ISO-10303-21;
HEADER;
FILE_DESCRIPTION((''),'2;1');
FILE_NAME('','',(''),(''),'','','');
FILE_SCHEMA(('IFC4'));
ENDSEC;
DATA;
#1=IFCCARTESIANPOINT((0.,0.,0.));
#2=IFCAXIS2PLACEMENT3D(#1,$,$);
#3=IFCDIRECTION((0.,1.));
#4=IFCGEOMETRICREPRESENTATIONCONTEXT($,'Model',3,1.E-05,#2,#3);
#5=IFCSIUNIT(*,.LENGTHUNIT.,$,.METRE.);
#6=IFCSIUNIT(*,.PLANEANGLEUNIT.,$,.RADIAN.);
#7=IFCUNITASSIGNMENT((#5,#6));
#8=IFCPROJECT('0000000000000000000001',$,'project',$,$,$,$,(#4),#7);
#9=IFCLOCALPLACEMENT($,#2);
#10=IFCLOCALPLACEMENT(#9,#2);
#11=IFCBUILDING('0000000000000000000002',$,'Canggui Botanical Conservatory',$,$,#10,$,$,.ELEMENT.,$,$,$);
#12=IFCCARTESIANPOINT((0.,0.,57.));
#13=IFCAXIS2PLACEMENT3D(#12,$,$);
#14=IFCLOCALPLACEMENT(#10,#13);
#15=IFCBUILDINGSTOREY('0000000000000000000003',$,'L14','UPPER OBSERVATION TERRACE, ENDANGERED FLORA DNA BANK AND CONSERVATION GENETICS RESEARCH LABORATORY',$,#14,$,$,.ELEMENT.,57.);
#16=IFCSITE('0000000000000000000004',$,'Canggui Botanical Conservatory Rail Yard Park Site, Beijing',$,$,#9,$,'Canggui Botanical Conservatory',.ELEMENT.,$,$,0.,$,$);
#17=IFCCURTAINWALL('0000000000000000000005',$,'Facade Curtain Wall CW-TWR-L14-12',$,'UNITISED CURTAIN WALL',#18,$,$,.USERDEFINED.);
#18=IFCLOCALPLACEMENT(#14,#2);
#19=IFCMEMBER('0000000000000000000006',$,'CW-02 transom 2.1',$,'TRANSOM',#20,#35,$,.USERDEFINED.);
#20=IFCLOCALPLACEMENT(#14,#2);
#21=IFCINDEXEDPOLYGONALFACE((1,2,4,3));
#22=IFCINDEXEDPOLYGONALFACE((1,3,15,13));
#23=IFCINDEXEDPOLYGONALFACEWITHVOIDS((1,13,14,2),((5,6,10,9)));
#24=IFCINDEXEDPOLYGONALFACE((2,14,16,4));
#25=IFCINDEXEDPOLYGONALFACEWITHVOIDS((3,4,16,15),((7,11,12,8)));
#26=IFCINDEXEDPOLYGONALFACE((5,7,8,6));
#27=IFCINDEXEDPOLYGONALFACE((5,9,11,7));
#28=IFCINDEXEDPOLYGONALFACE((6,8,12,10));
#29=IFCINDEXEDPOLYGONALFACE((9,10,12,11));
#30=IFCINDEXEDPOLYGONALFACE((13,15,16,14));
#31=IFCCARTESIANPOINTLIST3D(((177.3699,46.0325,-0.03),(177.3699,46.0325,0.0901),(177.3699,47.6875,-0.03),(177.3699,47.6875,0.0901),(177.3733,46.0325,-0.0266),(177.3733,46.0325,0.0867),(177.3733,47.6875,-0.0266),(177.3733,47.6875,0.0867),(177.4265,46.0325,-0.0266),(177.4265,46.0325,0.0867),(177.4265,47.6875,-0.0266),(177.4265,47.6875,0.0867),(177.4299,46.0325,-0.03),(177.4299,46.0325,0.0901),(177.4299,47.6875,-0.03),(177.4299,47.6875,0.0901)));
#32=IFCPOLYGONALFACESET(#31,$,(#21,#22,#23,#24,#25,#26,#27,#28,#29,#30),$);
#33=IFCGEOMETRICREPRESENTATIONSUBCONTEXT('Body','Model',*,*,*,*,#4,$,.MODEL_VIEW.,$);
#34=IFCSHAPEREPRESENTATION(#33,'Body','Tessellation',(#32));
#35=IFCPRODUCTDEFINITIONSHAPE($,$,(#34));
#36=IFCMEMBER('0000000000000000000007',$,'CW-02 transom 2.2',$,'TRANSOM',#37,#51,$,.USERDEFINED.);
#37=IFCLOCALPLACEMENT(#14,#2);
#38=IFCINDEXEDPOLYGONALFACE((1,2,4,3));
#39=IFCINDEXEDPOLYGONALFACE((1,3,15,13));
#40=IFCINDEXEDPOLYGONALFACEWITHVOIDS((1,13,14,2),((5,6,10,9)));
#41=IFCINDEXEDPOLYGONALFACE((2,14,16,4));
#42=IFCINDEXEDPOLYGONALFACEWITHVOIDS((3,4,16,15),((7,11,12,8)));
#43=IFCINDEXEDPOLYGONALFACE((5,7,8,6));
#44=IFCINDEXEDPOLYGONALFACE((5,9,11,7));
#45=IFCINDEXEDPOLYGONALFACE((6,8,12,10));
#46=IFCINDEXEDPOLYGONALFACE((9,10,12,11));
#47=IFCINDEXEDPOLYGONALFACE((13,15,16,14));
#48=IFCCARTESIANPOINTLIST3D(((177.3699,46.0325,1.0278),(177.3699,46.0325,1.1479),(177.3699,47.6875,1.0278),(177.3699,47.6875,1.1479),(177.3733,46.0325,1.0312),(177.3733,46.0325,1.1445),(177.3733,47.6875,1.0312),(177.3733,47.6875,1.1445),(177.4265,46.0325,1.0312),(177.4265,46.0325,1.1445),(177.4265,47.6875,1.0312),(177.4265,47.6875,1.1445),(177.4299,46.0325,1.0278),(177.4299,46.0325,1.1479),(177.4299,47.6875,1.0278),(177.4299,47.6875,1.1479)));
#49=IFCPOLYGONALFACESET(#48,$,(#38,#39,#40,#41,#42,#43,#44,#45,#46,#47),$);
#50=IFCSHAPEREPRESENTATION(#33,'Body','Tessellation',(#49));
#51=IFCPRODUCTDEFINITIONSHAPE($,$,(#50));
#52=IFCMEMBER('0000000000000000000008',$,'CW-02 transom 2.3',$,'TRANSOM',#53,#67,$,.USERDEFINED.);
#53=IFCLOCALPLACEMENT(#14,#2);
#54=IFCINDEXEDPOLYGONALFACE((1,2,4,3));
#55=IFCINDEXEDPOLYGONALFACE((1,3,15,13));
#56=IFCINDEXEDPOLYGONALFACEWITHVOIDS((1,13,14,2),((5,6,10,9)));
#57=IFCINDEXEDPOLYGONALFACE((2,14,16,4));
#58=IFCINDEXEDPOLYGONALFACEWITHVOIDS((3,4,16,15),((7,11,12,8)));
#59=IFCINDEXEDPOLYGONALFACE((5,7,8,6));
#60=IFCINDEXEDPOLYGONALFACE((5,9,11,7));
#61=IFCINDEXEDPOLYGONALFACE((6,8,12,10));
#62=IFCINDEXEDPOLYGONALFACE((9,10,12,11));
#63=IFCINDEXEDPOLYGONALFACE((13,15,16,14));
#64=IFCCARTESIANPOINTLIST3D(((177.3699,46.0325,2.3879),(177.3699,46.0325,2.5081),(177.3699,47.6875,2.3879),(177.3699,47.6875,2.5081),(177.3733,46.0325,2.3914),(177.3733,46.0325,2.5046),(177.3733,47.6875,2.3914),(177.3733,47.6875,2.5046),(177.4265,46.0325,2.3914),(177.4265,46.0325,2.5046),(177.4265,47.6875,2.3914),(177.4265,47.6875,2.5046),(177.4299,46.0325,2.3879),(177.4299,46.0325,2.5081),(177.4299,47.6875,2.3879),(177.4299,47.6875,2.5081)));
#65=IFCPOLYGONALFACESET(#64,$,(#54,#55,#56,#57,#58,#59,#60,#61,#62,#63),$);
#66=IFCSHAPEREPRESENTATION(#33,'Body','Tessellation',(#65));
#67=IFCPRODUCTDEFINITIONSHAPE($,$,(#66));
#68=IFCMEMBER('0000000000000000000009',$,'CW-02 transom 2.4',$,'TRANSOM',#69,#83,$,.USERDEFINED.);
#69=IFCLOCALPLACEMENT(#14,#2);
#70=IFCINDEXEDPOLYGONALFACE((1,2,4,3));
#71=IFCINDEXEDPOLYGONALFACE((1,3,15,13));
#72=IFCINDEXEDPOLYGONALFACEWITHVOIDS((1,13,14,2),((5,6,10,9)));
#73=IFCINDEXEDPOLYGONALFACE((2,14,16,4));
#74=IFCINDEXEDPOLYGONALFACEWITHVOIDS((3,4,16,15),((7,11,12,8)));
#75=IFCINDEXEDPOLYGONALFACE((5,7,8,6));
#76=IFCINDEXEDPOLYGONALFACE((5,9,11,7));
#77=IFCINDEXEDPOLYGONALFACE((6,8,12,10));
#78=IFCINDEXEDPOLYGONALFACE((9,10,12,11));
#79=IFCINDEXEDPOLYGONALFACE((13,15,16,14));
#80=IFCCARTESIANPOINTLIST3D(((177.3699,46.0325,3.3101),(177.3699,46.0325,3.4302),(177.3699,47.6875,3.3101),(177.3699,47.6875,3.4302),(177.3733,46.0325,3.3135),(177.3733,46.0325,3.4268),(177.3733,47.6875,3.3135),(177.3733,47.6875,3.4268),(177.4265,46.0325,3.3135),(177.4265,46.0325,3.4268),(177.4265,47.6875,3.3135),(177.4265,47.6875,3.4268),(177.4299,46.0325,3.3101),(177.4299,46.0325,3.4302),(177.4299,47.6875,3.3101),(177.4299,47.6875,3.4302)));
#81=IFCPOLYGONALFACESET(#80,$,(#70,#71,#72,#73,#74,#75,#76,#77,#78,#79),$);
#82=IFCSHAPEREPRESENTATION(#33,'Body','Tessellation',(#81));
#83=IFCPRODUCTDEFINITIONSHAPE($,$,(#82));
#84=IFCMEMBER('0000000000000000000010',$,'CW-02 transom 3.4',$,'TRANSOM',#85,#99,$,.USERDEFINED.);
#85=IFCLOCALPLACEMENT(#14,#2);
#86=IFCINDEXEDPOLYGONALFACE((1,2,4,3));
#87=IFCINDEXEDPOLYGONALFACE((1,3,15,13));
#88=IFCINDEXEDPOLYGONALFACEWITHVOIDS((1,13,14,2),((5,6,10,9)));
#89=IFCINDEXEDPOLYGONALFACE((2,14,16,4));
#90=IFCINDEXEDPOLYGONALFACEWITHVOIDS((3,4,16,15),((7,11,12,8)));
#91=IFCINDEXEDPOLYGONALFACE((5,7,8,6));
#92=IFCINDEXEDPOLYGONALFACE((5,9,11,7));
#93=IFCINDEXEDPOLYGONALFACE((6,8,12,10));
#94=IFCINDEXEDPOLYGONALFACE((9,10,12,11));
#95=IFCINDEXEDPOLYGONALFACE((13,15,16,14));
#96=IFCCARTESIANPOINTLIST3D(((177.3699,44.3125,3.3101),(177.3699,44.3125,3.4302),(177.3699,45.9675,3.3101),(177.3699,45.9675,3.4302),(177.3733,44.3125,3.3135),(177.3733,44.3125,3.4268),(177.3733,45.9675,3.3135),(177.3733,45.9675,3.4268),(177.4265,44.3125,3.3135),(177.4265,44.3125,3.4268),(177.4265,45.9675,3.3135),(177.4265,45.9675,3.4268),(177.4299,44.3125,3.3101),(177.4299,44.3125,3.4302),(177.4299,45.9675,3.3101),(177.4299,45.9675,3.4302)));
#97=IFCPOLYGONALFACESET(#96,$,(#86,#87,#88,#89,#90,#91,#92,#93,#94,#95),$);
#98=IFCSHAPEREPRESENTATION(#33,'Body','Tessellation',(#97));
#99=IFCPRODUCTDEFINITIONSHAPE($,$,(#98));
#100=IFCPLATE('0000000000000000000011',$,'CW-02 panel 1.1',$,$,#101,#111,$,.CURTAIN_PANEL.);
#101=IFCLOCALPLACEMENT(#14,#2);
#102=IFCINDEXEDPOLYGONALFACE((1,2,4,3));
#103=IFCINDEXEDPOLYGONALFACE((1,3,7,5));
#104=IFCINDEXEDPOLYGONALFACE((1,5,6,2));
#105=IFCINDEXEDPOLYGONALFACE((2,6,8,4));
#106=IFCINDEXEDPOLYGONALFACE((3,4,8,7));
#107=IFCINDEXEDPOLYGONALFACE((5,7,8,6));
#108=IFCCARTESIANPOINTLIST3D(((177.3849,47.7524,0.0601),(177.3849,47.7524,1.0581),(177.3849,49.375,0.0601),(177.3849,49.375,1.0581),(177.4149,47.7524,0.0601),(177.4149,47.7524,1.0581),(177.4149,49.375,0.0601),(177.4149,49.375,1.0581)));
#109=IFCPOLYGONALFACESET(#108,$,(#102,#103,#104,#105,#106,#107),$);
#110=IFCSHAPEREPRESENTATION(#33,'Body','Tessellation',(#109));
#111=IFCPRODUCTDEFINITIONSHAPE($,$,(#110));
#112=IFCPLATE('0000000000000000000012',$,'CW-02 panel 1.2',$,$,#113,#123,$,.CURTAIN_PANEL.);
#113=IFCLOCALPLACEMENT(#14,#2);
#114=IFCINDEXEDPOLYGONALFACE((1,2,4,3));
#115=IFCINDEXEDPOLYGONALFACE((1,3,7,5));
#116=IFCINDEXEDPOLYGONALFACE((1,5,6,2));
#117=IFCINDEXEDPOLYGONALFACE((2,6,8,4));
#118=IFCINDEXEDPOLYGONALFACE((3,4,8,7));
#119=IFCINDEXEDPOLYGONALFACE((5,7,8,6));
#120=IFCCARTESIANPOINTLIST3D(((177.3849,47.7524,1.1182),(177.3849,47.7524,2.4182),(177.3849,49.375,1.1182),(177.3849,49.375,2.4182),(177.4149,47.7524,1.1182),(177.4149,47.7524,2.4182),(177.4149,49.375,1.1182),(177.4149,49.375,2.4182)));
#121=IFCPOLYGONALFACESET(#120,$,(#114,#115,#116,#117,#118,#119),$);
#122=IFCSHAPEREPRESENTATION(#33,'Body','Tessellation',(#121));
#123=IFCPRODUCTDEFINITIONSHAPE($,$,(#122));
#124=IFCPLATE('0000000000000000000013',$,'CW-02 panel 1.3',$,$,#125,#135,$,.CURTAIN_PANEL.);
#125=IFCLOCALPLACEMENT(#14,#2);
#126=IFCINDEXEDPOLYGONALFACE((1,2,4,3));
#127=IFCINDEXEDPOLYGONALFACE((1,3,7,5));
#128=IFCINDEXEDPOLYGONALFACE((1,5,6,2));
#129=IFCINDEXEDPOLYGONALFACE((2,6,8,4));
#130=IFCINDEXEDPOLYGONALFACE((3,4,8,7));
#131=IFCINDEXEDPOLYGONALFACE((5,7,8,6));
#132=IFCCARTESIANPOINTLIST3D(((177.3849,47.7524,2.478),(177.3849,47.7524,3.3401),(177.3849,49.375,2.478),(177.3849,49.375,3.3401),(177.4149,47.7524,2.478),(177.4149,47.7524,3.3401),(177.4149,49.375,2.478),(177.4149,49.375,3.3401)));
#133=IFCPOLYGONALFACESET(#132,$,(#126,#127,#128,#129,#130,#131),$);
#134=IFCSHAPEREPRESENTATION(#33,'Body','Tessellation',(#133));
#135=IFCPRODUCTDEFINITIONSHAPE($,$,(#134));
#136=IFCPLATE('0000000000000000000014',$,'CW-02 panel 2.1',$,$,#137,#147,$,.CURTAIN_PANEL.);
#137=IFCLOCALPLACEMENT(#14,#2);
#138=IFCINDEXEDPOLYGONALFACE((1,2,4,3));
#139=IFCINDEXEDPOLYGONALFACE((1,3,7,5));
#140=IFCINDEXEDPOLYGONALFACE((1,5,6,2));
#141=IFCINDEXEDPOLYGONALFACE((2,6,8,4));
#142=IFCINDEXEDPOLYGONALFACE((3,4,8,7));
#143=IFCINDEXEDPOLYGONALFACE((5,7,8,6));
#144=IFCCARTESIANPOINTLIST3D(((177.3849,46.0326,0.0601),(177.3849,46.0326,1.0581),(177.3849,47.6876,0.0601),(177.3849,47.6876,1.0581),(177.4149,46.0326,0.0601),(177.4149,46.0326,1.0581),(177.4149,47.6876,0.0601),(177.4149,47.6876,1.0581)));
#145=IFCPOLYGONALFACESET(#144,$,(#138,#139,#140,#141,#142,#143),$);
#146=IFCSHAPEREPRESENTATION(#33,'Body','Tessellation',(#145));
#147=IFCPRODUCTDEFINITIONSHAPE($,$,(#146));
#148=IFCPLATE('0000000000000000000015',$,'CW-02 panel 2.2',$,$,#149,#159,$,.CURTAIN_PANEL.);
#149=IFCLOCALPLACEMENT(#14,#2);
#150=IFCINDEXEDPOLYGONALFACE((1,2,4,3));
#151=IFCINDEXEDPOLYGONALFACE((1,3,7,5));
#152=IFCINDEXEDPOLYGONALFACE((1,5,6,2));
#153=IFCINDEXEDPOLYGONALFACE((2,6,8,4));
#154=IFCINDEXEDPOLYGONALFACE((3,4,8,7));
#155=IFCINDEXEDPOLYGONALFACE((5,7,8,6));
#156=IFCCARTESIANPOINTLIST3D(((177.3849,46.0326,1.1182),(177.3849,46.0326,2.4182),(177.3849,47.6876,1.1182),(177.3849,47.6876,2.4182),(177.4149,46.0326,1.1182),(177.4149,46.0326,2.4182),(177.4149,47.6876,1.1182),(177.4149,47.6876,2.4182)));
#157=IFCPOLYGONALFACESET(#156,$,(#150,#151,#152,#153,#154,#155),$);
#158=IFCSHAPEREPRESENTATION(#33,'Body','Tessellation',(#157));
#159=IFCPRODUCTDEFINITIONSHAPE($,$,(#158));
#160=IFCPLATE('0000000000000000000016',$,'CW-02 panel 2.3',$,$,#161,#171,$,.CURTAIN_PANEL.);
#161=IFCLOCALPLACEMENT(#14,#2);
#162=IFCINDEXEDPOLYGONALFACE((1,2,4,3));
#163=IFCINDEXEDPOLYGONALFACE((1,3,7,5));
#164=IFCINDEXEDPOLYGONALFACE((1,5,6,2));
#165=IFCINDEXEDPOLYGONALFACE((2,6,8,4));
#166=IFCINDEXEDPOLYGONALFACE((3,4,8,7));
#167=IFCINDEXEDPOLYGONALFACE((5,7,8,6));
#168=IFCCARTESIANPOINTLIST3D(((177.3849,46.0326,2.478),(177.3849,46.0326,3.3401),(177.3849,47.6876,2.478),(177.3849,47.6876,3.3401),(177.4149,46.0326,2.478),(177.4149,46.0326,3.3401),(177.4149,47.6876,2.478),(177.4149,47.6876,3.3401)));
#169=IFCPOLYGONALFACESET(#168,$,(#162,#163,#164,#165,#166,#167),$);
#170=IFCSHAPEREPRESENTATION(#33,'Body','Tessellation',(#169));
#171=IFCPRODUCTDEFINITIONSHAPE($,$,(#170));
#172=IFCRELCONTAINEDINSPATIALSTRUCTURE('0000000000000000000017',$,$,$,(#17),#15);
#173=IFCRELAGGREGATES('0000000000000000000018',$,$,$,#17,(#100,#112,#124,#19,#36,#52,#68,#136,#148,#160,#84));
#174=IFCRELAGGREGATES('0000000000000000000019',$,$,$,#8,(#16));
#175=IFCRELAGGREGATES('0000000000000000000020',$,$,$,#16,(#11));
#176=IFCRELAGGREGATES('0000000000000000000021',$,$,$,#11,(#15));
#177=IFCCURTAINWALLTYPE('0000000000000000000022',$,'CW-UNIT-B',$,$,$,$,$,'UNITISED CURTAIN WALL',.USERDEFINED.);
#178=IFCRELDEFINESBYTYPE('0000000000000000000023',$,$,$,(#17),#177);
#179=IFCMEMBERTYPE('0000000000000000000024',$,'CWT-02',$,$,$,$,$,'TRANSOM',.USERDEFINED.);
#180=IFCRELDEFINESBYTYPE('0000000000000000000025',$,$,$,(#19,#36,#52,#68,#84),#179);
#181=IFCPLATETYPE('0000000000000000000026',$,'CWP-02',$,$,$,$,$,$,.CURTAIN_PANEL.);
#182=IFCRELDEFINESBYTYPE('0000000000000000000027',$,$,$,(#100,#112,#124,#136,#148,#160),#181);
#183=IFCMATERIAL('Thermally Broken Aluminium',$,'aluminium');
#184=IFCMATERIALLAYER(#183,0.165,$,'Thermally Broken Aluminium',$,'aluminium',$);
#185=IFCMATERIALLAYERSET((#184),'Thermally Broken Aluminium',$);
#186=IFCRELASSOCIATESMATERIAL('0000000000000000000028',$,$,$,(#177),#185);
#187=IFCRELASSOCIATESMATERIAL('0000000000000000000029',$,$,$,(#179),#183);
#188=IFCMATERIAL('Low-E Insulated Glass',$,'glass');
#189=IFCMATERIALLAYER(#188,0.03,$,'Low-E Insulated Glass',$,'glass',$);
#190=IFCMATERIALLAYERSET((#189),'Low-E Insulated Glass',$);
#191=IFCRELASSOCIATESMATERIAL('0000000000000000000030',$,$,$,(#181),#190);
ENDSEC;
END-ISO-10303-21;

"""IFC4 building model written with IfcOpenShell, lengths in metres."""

from ifc_helpers import new_model, si_unit, direction, frame, origin, origin_2d, place, context, subcontext, project, spatial, rectangle, hollow_rectangle, extrude, material, layer, layer_set, material_profile, profile_set, type_object, element, aggregate, save


model = new_model("IFC4")

# Units and contexts
model_context = context("Model", 3, precision=1e-05, world=origin(), true_north=direction((0.0, 1.0)))
body_context = subcontext(model_context, "Body", "Model", "MODEL_VIEW")
ifc_project = project(units=[si_unit("LENGTHUNIT", "METRE"), si_unit("PLANEANGLEUNIT", "RADIAN")], contexts=[model_context])

# Site, building, storey
site_placement = place(None, origin())
site = spatial("IfcSite", under=ifc_project, at=site_placement, Name="Canggui Botanical Conservatory Rail Yard Park Site, Beijing", LongName="Canggui Botanical Conservatory", CompositionType="ELEMENT", RefElevation=0.0)
building_placement = place(site_placement, origin())
building = spatial("IfcBuilding", under=site, at=building_placement, Name="Canggui Botanical Conservatory", CompositionType="ELEMENT")
storey_placement = place(building_placement, frame((0.0, 0.0, 57.0)))
storey = spatial("IfcBuildingStorey", under=building, at=storey_placement, Name="L14", Description="UPPER OBSERVATION TERRACE, ENDANGERED FLORA DNA BANK AND CONSERVATION GENETICS RESEARCH LABORATORY", CompositionType="ELEMENT", Elevation=57.0)

# Curtain wall, members, plates
ifc_material_1 = material(Name="Thermally Broken Aluminium", Category="aluminium")
ifc_layer_1 = layer(ifc_material_1, 0.165, Name="Thermally Broken Aluminium", Category="aluminium")
ifc_layer_set_1 = layer_set([ifc_layer_1], Name="Thermally Broken Aluminium")
curtain_wall_type = type_object("IfcCurtainWallType", Name="CW-UNIT-B", ElementType="UNITISED CURTAIN WALL", PredefinedType="USERDEFINED", material=ifc_layer_set_1)
curtain_wall_placement = place(storey_placement, origin())
curtain_wall = element("IfcCurtainWall", 1, at=curtain_wall_placement, inside=storey, type_object=curtain_wall_type, Name="Facade Curtain Wall CW-TWR-L14-12", ObjectType="UNITISED CURTAIN WALL", PredefinedType="USERDEFINED")
ifc_material_profile_1 = material_profile(ifc_material_1, hollow_rectangle(XDim=0.0601, YDim=0.1201, WallThickness=0.0034, at=origin_2d()), Name="CWT 60x120x3.5")
ifc_profile_set_1 = profile_set([ifc_material_profile_1], Name="Thermally Broken Aluminium")
member_type_1 = type_object("IfcMemberType", Name="CWT-02", ElementType="TRANSOM", PredefinedType="USERDEFINED", material=ifc_profile_set_1)
member_1_placement = place(storey_placement, frame((177.3999, 47.6875, 0.03), z_axis=(0.0, -1.0, 0.0), x_axis=(1.0, 0.0, 0.0)))
member_1 = element("IfcMember", 2, at=member_1_placement, type_object=member_type_1, Name="CW-02 transom 2.1", ObjectType="TRANSOM", PredefinedType="USERDEFINED", context=body_context, shape_type="SweptSolid", body=[
    extrude(hollow_rectangle(XDim=0.0601, YDim=0.1201, WallThickness=0.0034, at=origin_2d()), origin(), (0.0, 0.0, 1.0), 1.655),
])
member_2_placement = place(storey_placement, frame((177.3999, 47.6875, 1.0879), z_axis=(0.0, -1.0, 0.0), x_axis=(1.0, 0.0, 0.0)))
member_2 = element("IfcMember", 3, at=member_2_placement, type_object=member_type_1, Name="CW-02 transom 2.2", ObjectType="TRANSOM", PredefinedType="USERDEFINED", context=body_context, shape_type="SweptSolid", body=[
    extrude(hollow_rectangle(XDim=0.0601, YDim=0.1201, WallThickness=0.0034, at=origin_2d()), origin(), (0.0, 0.0, 1.0), 1.655),
])
member_3_placement = place(storey_placement, frame((177.3999, 47.6875, 2.448), z_axis=(0.0, -1.0, 0.0), x_axis=(1.0, 0.0, 0.0)))
member_3 = element("IfcMember", 4, at=member_3_placement, type_object=member_type_1, Name="CW-02 transom 2.3", ObjectType="TRANSOM", PredefinedType="USERDEFINED", context=body_context, shape_type="SweptSolid", body=[
    extrude(hollow_rectangle(XDim=0.0601, YDim=0.1201, WallThickness=0.0034, at=origin_2d()), origin(), (0.0, 0.0, 1.0), 1.655),
])
member_4_placement = place(storey_placement, frame((177.3999, 47.6875, 3.3701), z_axis=(0.0, -1.0, 0.0), x_axis=(1.0, 0.0, 0.0)))
member_4 = element("IfcMember", 5, at=member_4_placement, type_object=member_type_1, Name="CW-02 transom 2.4", ObjectType="TRANSOM", PredefinedType="USERDEFINED", context=body_context, shape_type="SweptSolid", body=[
    extrude(hollow_rectangle(XDim=0.0601, YDim=0.1201, WallThickness=0.0034, at=origin_2d()), origin(), (0.0, 0.0, 1.0), 1.655),
])
member_5_placement = place(storey_placement, frame((177.3999, 45.9675, 3.3701), z_axis=(0.0, -1.0, 0.0), x_axis=(1.0, 0.0, 0.0)))
member_5 = element("IfcMember", 6, at=member_5_placement, type_object=member_type_1, Name="CW-02 transom 3.4", ObjectType="TRANSOM", PredefinedType="USERDEFINED", context=body_context, shape_type="SweptSolid", body=[
    extrude(hollow_rectangle(XDim=0.0601, YDim=0.1201, WallThickness=0.0034, at=origin_2d()), origin(), (0.0, 0.0, 1.0), 1.655),
])
ifc_material_2 = material(Name="Low-E Insulated Glass", Category="glass")
ifc_layer_2 = layer(ifc_material_2, 0.03, Name="Low-E Insulated Glass", Category="glass")
ifc_layer_set_2 = layer_set([ifc_layer_2], Name="Low-E Insulated Glass")
plate_type = type_object("IfcPlateType", Name="CWP-02", PredefinedType="CURTAIN_PANEL", material=ifc_layer_set_2)
plate_1_placement = place(storey_placement, frame((177.3999, 48.5637, 0.0601), z_axis=(0.0, 0.0, 1.0), x_axis=(0.0, -1.0, 0.0)))
plate_1 = element("IfcPlate", 7, at=plate_1_placement, type_object=plate_type, Name="CW-02 panel 1.1", PredefinedType="CURTAIN_PANEL", context=body_context, shape_type="SweptSolid", body=[
    extrude(rectangle(XDim=1.6226, YDim=0.03, at=origin_2d()), origin(), (0.0, 0.0, 1.0), 0.998),
])
plate_2_placement = place(storey_placement, frame((177.3999, 48.5637, 1.1182), z_axis=(0.0, 0.0, 1.0), x_axis=(0.0, -1.0, 0.0)))
plate_2 = element("IfcPlate", 8, at=plate_2_placement, type_object=plate_type, Name="CW-02 panel 1.2", PredefinedType="CURTAIN_PANEL", context=body_context, shape_type="SweptSolid", body=[
    extrude(rectangle(XDim=1.6226, YDim=0.03, at=origin_2d()), origin(), (0.0, 0.0, 1.0), 1.3),
])
plate_3_placement = place(storey_placement, frame((177.3999, 48.5637, 2.478), z_axis=(0.0, 0.0, 1.0), x_axis=(0.0, -1.0, 0.0)))
plate_3 = element("IfcPlate", 9, at=plate_3_placement, type_object=plate_type, Name="CW-02 panel 1.3", PredefinedType="CURTAIN_PANEL", context=body_context, shape_type="SweptSolid", body=[
    extrude(rectangle(XDim=1.6226, YDim=0.03, at=origin_2d()), origin(), (0.0, 0.0, 1.0), 0.8621),
])
plate_4_placement = place(storey_placement, frame((177.3999, 46.8601, 0.0601), z_axis=(0.0, 0.0, 1.0), x_axis=(0.0, -1.0, 0.0)))
plate_4 = element("IfcPlate", 10, at=plate_4_placement, type_object=plate_type, Name="CW-02 panel 2.1", PredefinedType="CURTAIN_PANEL", context=body_context, shape_type="SweptSolid", body=[
    extrude(rectangle(XDim=1.655, YDim=0.03, at=origin_2d()), origin(), (0.0, 0.0, 1.0), 0.998),
])
plate_5_placement = place(storey_placement, frame((177.3999, 46.8601, 1.1182), z_axis=(0.0, 0.0, 1.0), x_axis=(0.0, -1.0, 0.0)))
plate_5 = element("IfcPlate", 11, at=plate_5_placement, type_object=plate_type, Name="CW-02 panel 2.2", PredefinedType="CURTAIN_PANEL", context=body_context, shape_type="SweptSolid", body=[
    extrude(rectangle(XDim=1.655, YDim=0.03, at=origin_2d()), origin(), (0.0, 0.0, 1.0), 1.3),
])
plate_6_placement = place(storey_placement, frame((177.3999, 46.8601, 2.478), z_axis=(0.0, 0.0, 1.0), x_axis=(0.0, -1.0, 0.0)))
plate_6 = element("IfcPlate", 12, at=plate_6_placement, type_object=plate_type, Name="CW-02 panel 2.3", PredefinedType="CURTAIN_PANEL", context=body_context, shape_type="SweptSolid", body=[
    extrude(rectangle(XDim=1.655, YDim=0.03, at=origin_2d()), origin(), (0.0, 0.0, 1.0), 0.8621),
])
aggregate(curtain_wall, [plate_1, plate_2, plate_3, member_1, member_2, member_3, member_4, plate_4, plate_5, plate_6, member_5])

save(model, "model.ifc")
